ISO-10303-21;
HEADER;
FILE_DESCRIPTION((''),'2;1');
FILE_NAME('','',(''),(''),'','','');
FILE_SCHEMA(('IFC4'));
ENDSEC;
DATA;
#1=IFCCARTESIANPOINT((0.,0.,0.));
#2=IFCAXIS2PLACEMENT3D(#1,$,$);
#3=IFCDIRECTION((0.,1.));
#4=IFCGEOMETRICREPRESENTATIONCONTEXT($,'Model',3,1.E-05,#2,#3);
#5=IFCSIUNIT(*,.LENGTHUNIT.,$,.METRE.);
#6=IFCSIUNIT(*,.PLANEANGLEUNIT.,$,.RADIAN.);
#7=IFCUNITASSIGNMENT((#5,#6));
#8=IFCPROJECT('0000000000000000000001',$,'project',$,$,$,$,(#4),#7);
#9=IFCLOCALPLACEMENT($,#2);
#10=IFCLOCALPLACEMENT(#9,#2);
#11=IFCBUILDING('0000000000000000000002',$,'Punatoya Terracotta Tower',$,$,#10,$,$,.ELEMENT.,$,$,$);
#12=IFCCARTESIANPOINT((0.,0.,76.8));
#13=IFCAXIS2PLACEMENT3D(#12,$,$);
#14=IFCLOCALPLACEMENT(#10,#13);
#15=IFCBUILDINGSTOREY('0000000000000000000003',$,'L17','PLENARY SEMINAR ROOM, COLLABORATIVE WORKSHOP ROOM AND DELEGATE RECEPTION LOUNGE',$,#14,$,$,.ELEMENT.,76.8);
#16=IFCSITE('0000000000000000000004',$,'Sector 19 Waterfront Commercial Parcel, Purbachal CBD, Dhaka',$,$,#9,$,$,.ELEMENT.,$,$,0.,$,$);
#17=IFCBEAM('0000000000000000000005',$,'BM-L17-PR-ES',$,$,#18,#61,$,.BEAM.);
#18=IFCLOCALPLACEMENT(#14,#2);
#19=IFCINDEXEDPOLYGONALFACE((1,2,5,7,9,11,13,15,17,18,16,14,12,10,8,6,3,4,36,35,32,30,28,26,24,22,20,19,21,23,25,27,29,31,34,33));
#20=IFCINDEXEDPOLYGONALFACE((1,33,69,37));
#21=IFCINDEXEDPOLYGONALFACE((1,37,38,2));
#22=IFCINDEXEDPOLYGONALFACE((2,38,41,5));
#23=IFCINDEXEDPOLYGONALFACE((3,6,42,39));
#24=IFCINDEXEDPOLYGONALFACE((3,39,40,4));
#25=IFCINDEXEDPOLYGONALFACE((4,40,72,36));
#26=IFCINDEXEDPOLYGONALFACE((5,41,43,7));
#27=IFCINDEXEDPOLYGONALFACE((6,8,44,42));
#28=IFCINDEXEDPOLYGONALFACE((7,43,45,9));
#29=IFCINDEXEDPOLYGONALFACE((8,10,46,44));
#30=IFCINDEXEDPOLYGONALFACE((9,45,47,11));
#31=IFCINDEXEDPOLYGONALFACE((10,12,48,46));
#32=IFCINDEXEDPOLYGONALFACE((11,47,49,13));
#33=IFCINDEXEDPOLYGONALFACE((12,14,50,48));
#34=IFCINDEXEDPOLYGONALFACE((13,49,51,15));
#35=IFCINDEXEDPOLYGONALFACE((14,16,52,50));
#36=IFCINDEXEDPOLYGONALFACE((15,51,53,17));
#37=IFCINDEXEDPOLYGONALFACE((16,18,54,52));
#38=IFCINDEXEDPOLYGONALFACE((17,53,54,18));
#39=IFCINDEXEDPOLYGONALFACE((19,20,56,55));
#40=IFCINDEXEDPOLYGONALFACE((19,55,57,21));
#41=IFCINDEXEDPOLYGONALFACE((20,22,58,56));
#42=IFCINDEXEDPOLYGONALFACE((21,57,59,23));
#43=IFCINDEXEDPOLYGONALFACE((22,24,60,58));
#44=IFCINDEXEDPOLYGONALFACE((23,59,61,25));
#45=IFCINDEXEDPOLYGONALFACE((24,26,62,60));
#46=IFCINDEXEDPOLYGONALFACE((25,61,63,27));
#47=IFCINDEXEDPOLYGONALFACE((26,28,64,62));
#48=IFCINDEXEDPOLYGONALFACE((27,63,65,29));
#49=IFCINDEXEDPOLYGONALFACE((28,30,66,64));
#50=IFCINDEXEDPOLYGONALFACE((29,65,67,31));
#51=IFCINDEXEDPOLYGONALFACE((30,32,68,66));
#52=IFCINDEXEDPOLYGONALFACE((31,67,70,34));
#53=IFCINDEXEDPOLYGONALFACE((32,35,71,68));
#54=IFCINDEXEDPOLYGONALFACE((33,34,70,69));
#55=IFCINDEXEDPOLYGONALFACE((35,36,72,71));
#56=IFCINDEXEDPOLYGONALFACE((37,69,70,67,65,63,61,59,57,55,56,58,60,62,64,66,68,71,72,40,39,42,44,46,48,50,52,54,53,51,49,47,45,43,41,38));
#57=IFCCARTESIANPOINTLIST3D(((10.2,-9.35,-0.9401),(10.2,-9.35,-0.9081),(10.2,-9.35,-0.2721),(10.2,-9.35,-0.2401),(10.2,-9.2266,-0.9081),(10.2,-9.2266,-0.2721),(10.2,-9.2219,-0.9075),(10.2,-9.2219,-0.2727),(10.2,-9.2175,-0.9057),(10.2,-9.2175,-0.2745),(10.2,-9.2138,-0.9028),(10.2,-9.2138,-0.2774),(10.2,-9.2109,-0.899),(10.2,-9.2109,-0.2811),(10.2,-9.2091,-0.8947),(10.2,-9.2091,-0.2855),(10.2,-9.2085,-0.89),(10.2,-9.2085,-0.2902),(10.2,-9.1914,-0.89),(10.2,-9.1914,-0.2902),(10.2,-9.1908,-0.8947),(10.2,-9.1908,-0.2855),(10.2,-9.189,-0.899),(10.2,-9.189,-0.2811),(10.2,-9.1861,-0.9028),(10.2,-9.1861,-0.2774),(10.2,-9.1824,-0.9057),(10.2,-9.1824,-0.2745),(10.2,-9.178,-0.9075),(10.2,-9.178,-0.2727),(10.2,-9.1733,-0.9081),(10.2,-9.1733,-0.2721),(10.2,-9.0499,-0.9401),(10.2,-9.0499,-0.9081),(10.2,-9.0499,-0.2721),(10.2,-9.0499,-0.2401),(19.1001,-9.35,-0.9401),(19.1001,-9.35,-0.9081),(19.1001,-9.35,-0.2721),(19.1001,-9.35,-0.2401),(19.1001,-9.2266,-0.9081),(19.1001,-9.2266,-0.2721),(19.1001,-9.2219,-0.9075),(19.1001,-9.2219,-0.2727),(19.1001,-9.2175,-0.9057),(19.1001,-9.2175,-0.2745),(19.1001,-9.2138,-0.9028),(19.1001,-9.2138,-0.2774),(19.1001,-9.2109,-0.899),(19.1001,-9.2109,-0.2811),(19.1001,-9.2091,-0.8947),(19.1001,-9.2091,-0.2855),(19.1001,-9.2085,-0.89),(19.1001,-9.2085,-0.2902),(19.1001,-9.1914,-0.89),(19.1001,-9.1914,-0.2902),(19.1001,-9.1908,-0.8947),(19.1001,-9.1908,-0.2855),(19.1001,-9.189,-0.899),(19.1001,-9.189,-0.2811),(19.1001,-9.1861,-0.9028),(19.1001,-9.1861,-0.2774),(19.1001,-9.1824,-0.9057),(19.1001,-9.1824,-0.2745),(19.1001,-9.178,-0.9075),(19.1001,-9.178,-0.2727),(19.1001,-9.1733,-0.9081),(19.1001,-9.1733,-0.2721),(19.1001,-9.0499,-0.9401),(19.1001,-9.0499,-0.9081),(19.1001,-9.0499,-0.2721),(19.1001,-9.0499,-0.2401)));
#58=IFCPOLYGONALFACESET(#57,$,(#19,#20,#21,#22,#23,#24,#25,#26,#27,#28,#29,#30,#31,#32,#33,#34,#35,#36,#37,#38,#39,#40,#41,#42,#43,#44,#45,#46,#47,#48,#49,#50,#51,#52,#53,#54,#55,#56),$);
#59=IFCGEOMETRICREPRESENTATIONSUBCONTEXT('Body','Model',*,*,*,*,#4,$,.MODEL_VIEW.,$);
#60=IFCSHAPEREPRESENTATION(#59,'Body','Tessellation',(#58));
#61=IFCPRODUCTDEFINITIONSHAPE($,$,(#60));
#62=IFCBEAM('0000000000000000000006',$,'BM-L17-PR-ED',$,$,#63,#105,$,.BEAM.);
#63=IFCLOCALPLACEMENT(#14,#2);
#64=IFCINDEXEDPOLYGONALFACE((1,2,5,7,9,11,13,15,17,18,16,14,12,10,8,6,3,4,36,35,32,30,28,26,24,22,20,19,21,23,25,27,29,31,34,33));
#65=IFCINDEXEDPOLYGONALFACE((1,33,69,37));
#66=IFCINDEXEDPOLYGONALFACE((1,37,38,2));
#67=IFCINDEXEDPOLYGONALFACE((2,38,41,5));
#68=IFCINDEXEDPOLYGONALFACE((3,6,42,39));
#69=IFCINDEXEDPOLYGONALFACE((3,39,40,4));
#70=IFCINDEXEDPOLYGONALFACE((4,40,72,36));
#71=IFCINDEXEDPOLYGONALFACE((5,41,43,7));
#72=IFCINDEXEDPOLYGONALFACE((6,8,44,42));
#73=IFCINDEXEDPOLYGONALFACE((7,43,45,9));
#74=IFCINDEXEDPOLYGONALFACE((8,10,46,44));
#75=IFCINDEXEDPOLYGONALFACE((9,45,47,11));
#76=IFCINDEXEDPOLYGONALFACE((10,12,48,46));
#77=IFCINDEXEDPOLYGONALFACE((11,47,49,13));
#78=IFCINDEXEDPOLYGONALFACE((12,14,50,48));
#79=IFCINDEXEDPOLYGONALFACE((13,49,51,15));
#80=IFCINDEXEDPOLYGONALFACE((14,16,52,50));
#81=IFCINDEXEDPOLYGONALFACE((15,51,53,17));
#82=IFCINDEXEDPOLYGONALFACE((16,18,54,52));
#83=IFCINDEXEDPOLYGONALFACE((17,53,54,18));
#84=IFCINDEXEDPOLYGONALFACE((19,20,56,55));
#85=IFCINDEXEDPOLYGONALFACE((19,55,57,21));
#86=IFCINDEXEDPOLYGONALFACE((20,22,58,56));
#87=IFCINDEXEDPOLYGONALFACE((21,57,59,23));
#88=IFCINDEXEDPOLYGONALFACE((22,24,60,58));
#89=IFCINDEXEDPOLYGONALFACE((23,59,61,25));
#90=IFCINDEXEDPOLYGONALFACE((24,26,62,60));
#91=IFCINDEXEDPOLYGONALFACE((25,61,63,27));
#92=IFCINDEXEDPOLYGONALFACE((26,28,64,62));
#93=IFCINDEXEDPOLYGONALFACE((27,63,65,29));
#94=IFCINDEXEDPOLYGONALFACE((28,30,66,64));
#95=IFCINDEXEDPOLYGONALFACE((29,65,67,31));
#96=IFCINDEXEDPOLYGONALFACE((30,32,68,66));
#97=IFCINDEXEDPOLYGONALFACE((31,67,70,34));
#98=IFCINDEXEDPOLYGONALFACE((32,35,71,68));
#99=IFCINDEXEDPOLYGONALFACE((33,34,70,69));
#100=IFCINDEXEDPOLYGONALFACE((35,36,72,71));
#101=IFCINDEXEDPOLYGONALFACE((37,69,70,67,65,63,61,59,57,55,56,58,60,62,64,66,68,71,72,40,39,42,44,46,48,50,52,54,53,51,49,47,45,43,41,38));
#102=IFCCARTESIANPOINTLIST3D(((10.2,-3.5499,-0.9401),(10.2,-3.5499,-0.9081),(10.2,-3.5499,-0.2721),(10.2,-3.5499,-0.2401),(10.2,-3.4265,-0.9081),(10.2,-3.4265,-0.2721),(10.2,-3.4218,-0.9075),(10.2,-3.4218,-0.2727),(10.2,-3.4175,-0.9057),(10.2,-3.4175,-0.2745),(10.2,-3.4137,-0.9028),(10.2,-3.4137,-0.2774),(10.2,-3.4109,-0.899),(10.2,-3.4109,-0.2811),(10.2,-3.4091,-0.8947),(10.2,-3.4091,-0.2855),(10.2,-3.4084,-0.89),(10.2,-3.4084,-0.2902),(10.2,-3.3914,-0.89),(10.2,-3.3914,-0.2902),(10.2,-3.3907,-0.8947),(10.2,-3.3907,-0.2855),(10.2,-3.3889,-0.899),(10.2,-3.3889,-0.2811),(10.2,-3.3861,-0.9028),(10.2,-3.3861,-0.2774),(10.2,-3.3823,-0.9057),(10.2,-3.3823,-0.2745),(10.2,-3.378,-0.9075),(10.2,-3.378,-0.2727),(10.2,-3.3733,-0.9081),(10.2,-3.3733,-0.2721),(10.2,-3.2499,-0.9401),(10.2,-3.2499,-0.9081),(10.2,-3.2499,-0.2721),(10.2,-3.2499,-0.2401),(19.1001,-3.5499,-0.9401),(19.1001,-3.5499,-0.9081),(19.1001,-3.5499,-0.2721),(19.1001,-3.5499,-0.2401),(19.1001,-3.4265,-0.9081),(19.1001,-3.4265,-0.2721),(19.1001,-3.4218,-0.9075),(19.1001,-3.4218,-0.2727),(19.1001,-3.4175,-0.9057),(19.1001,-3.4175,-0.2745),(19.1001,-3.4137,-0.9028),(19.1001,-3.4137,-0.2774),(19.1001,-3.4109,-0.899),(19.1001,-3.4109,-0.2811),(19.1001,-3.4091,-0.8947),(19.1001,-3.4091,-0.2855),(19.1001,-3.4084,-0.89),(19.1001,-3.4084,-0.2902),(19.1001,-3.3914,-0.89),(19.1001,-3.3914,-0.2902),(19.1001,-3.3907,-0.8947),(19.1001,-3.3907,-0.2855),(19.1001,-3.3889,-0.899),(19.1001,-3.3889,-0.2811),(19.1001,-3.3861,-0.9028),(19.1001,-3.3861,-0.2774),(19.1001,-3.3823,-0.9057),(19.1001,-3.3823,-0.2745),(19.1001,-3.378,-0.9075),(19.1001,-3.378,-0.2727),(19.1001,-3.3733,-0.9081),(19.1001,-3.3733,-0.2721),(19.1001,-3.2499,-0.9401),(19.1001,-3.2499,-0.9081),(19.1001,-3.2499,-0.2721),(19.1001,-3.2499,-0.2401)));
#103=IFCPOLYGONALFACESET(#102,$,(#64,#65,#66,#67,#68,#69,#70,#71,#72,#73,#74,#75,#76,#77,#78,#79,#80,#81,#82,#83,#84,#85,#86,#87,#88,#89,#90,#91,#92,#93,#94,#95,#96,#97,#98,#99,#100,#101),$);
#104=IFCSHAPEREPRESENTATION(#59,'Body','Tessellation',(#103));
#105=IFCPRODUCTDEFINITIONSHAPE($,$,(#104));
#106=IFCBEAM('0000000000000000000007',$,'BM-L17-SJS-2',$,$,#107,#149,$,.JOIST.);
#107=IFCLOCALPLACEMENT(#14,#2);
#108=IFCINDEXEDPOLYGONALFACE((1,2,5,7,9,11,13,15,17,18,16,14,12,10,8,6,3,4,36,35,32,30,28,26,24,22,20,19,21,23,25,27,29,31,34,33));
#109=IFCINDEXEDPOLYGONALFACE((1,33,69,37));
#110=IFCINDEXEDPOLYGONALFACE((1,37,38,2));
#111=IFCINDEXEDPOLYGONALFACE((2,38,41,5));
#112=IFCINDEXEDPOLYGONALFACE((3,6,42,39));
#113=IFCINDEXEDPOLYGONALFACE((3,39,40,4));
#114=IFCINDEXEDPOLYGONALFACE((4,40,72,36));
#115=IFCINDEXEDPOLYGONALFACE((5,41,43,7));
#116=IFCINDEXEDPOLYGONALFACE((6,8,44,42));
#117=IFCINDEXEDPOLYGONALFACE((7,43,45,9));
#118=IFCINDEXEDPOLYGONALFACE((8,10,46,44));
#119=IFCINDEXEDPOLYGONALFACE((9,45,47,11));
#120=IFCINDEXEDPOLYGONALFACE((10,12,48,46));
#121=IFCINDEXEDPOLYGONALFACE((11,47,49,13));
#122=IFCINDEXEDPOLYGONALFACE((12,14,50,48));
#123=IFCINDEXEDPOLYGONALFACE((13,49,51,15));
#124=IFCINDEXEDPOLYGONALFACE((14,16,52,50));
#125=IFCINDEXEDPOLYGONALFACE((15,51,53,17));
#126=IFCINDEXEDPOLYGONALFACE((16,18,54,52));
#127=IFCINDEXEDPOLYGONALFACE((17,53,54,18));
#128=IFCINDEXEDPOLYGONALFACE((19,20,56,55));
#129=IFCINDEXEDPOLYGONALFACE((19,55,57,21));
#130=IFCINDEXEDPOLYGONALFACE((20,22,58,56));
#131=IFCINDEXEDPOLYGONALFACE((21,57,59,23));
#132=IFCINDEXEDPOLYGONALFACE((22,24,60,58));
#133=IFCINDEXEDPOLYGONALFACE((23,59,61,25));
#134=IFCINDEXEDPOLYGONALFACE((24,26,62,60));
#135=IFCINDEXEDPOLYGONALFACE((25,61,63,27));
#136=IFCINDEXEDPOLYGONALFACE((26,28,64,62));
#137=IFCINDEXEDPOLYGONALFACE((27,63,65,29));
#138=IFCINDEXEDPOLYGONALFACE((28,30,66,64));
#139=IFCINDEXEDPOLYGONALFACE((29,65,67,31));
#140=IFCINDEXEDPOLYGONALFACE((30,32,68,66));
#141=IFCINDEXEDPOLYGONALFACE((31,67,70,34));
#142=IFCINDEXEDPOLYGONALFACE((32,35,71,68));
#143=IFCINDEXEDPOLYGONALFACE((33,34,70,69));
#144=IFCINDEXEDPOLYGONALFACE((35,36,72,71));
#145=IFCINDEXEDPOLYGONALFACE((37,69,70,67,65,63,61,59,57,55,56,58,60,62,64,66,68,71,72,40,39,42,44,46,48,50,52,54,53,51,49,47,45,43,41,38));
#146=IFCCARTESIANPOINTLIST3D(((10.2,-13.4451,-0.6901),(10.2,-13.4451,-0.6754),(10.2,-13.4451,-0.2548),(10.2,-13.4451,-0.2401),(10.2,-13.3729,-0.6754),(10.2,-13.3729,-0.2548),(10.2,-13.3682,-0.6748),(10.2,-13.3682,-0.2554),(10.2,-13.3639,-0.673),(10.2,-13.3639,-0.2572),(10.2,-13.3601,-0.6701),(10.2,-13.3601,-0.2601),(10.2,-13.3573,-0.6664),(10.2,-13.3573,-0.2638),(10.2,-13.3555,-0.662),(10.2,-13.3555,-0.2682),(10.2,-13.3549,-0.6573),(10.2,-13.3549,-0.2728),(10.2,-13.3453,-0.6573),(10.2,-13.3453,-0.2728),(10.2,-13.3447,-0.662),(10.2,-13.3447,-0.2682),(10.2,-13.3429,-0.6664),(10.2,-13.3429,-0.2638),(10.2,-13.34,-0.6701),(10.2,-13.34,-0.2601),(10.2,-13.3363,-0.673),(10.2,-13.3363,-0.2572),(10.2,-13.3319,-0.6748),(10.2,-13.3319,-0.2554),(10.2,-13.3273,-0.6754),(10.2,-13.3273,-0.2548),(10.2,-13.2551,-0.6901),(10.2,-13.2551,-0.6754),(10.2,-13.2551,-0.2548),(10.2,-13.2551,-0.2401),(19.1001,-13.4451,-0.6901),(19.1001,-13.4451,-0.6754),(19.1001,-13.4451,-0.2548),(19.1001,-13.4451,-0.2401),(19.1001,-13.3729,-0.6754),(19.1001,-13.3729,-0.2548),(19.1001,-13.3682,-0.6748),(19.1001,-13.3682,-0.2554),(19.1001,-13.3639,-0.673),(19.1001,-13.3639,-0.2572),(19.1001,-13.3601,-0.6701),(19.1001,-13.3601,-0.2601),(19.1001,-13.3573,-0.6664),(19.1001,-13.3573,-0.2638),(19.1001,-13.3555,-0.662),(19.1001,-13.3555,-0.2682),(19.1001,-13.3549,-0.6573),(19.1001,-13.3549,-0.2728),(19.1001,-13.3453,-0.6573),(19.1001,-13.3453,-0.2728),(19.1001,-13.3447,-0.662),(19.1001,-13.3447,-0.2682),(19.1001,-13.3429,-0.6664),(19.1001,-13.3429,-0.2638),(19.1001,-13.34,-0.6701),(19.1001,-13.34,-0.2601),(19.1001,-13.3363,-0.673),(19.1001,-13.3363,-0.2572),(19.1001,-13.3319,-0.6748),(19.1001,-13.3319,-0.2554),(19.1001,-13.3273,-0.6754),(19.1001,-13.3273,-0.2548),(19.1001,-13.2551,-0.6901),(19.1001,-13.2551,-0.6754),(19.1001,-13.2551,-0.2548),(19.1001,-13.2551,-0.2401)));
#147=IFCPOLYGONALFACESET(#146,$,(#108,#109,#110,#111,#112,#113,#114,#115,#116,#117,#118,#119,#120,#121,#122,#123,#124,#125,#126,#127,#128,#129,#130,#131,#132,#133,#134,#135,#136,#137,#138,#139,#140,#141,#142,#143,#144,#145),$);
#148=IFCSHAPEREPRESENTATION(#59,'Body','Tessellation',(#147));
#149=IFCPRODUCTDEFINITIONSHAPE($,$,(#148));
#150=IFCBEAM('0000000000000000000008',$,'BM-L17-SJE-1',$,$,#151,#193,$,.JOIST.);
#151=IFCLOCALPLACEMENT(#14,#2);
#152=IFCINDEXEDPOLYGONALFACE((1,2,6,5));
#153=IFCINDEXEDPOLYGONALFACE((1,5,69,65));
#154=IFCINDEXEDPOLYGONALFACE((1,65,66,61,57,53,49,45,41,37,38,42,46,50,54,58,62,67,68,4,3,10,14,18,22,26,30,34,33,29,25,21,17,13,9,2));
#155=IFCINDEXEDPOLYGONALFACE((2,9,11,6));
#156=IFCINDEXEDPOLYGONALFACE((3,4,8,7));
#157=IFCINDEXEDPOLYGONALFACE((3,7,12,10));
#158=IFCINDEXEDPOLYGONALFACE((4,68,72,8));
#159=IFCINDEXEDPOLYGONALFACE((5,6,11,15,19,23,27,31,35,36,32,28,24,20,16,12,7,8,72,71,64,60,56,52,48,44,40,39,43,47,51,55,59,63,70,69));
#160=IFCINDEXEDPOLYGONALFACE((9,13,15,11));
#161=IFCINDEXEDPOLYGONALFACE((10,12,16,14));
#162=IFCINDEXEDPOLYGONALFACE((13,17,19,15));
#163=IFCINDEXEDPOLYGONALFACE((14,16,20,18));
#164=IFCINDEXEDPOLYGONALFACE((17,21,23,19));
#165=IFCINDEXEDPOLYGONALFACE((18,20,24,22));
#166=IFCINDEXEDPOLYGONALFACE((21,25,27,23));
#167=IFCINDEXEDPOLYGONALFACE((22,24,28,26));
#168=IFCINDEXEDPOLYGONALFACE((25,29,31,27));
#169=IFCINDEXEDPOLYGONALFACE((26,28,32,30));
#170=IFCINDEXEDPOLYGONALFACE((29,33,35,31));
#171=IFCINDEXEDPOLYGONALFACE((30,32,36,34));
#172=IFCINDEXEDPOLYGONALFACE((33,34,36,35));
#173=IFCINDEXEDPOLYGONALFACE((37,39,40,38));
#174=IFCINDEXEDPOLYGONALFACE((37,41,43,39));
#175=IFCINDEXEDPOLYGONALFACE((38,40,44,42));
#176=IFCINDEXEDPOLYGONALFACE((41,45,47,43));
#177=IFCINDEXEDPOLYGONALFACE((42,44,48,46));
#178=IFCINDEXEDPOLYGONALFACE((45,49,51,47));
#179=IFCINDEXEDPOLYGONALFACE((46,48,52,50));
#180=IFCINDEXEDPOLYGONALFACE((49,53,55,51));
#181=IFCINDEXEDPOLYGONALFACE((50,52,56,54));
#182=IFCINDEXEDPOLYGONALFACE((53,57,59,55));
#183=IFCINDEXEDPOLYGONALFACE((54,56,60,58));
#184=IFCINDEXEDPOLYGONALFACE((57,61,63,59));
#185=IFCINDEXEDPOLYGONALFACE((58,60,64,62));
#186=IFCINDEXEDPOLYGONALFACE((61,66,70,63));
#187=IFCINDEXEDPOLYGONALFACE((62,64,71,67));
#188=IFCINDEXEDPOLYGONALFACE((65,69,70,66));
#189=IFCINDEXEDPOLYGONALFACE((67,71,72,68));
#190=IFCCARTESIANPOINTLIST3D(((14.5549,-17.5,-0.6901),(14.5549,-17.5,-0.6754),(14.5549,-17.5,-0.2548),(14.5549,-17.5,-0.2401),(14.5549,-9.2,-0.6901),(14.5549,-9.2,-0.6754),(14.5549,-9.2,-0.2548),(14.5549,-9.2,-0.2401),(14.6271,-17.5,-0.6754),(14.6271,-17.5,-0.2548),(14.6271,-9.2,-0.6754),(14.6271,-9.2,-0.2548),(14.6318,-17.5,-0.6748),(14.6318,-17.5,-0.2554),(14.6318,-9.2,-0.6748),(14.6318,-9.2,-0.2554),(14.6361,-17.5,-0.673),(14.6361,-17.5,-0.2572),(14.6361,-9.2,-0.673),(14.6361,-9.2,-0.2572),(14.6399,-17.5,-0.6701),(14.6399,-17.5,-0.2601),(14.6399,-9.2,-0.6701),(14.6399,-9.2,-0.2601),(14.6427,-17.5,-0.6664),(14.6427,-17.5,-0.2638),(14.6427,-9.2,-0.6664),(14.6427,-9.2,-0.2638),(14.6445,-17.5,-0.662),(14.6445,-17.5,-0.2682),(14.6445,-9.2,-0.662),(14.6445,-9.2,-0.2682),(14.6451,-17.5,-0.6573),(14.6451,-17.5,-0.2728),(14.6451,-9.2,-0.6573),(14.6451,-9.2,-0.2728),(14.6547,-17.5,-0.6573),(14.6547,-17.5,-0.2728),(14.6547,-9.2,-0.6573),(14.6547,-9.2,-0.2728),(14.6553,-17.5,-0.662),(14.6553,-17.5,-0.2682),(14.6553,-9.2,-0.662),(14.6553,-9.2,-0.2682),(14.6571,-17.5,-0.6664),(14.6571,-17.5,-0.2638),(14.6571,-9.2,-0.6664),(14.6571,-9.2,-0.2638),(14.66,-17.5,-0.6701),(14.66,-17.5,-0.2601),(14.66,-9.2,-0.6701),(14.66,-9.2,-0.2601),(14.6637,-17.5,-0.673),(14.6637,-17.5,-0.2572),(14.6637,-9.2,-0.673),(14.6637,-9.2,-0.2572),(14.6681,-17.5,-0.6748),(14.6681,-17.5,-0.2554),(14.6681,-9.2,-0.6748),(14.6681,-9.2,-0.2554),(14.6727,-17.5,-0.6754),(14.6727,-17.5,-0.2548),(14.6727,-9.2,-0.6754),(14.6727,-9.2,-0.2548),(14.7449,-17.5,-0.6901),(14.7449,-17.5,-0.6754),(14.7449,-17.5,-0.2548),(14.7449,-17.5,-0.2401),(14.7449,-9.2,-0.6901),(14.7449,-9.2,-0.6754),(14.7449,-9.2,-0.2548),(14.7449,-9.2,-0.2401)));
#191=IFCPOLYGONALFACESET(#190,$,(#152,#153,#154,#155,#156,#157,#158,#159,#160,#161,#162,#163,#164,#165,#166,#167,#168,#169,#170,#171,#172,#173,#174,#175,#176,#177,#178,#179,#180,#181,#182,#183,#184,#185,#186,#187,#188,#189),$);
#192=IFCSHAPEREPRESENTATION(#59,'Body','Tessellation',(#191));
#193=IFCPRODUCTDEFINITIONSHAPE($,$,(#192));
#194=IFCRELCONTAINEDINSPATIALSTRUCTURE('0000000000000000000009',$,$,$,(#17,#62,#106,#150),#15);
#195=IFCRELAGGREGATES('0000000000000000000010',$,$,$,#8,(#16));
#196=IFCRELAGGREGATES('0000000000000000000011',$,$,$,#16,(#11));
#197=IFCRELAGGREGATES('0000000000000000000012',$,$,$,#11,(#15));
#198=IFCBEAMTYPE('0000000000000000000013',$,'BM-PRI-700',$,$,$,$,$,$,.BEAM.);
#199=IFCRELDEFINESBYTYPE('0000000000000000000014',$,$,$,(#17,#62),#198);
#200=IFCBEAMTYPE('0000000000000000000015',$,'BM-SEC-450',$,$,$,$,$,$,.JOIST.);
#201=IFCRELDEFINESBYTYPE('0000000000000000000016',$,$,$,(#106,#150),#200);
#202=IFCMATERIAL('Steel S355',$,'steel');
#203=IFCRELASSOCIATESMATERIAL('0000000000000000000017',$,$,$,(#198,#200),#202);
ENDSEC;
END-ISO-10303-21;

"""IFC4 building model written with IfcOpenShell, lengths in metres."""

from ifc_helpers import new_model, si_unit, direction, frame, origin, origin_2d, place, context, subcontext, project, spatial, i_section, extrude, material, material_profile, profile_set, type_object, element, save


model = new_model("IFC4")

# Units and contexts
model_context = context("Model", 3, precision=1e-05, world=origin(), true_north=direction((0.0, 1.0)))
body_context = subcontext(model_context, "Body", "Model", "MODEL_VIEW")
ifc_project = project(units=[si_unit("LENGTHUNIT", "METRE"), si_unit("PLANEANGLEUNIT", "RADIAN")], contexts=[model_context])

# Site, building, storey
site_placement = place(None, origin())
site = spatial("IfcSite", under=ifc_project, at=site_placement, Name="Sector 19 Waterfront Commercial Parcel, Purbachal CBD, Dhaka", CompositionType="ELEMENT", RefElevation=0.0)
building_placement = place(site_placement, origin())
building = spatial("IfcBuilding", under=site, at=building_placement, Name="Punatoya Terracotta Tower", CompositionType="ELEMENT")
storey_placement = place(building_placement, frame((0.0, 0.0, 76.8)))
storey = spatial("IfcBuildingStorey", under=building, at=storey_placement, Name="L17", Description="PLENARY SEMINAR ROOM, COLLABORATIVE WORKSHOP ROOM AND DELEGATE RECEPTION LOUNGE", CompositionType="ELEMENT", Elevation=76.8)

# Beams
ifc_material_1 = material(Name="Steel S355", Category="steel")
ifc_material_profile_1 = material_profile(ifc_material_1, i_section(OverallWidth=0.3, OverallDepth=0.7, WebThickness=0.0171, FlangeThickness=0.032, FilletRadius=0.0181, at=origin_2d()))
ifc_profile_set_1 = profile_set([ifc_material_profile_1], Name="Steel S355")
beam_type_1 = type_object("IfcBeamType", Name="BM-PRI-700", PredefinedType="BEAM", material=ifc_profile_set_1)
for number, where, z_axis, x_axis, name in (
    (1, (10.2, -9.2, -0.5901), (1.0, 0.0, 0.0), (0.0, 1.0, 0.0), "BM-L17-PR-ES"),
    (2, (10.2, -3.3999, -0.5901), (1.0, 0.0, 0.0), (0.0, 1.0, 0.0), "BM-L17-PR-ED"),
):
    element("IfcBeam", number, at=place(storey_placement, frame(where, z_axis=z_axis, x_axis=x_axis)), inside=storey, type_object=beam_type_1, Name=name, PredefinedType="BEAM", context=body_context, shape_type="SweptSolid", body=[
        extrude(i_section(OverallWidth=0.3, OverallDepth=0.7, WebThickness=0.0171, FlangeThickness=0.032, FilletRadius=0.0181, at=origin_2d()), origin(), (0.0, 0.0, 1.0), 8.9001),
    ])
ifc_material_profile_2 = material_profile(ifc_material_1, i_section(OverallWidth=0.1899, OverallDepth=0.45, WebThickness=0.0095, FlangeThickness=0.0146, FilletRadius=0.0181, at=origin_2d()))
ifc_profile_set_2 = profile_set([ifc_material_profile_2], Name="Steel S355")
beam_type_2 = type_object("IfcBeamType", Name="BM-SEC-450", PredefinedType="JOIST", material=ifc_profile_set_2)
beam_1_placement = place(storey_placement, frame((10.2, -13.3501, -0.4651), z_axis=(1.0, 0.0, 0.0), x_axis=(0.0, 1.0, 0.0)))
element("IfcBeam", 3, at=beam_1_placement, inside=storey, type_object=beam_type_2, Name="BM-L17-SJS-2", PredefinedType="JOIST", context=body_context, shape_type="SweptSolid", body=[
    extrude(i_section(OverallWidth=0.1899, OverallDepth=0.45, WebThickness=0.0095, FlangeThickness=0.0146, FilletRadius=0.0181, at=origin_2d()), origin(), (0.0, 0.0, 1.0), 8.9001),
])
beam_2_placement = place(storey_placement, frame((14.6499, -17.5, -0.4651), z_axis=(0.0, 1.0, 0.0), x_axis=(-1.0, 0.0, 0.0)))
element("IfcBeam", 4, at=beam_2_placement, inside=storey, type_object=beam_type_2, Name="BM-L17-SJE-1", PredefinedType="JOIST", context=body_context, shape_type="SweptSolid", body=[
    extrude(i_section(OverallWidth=0.1899, OverallDepth=0.45, WebThickness=0.0095, FlangeThickness=0.0146, FilletRadius=0.0181, at=origin_2d()), origin(), (0.0, 0.0, 1.0), 8.3),
])

save(model, "model.ifc")
